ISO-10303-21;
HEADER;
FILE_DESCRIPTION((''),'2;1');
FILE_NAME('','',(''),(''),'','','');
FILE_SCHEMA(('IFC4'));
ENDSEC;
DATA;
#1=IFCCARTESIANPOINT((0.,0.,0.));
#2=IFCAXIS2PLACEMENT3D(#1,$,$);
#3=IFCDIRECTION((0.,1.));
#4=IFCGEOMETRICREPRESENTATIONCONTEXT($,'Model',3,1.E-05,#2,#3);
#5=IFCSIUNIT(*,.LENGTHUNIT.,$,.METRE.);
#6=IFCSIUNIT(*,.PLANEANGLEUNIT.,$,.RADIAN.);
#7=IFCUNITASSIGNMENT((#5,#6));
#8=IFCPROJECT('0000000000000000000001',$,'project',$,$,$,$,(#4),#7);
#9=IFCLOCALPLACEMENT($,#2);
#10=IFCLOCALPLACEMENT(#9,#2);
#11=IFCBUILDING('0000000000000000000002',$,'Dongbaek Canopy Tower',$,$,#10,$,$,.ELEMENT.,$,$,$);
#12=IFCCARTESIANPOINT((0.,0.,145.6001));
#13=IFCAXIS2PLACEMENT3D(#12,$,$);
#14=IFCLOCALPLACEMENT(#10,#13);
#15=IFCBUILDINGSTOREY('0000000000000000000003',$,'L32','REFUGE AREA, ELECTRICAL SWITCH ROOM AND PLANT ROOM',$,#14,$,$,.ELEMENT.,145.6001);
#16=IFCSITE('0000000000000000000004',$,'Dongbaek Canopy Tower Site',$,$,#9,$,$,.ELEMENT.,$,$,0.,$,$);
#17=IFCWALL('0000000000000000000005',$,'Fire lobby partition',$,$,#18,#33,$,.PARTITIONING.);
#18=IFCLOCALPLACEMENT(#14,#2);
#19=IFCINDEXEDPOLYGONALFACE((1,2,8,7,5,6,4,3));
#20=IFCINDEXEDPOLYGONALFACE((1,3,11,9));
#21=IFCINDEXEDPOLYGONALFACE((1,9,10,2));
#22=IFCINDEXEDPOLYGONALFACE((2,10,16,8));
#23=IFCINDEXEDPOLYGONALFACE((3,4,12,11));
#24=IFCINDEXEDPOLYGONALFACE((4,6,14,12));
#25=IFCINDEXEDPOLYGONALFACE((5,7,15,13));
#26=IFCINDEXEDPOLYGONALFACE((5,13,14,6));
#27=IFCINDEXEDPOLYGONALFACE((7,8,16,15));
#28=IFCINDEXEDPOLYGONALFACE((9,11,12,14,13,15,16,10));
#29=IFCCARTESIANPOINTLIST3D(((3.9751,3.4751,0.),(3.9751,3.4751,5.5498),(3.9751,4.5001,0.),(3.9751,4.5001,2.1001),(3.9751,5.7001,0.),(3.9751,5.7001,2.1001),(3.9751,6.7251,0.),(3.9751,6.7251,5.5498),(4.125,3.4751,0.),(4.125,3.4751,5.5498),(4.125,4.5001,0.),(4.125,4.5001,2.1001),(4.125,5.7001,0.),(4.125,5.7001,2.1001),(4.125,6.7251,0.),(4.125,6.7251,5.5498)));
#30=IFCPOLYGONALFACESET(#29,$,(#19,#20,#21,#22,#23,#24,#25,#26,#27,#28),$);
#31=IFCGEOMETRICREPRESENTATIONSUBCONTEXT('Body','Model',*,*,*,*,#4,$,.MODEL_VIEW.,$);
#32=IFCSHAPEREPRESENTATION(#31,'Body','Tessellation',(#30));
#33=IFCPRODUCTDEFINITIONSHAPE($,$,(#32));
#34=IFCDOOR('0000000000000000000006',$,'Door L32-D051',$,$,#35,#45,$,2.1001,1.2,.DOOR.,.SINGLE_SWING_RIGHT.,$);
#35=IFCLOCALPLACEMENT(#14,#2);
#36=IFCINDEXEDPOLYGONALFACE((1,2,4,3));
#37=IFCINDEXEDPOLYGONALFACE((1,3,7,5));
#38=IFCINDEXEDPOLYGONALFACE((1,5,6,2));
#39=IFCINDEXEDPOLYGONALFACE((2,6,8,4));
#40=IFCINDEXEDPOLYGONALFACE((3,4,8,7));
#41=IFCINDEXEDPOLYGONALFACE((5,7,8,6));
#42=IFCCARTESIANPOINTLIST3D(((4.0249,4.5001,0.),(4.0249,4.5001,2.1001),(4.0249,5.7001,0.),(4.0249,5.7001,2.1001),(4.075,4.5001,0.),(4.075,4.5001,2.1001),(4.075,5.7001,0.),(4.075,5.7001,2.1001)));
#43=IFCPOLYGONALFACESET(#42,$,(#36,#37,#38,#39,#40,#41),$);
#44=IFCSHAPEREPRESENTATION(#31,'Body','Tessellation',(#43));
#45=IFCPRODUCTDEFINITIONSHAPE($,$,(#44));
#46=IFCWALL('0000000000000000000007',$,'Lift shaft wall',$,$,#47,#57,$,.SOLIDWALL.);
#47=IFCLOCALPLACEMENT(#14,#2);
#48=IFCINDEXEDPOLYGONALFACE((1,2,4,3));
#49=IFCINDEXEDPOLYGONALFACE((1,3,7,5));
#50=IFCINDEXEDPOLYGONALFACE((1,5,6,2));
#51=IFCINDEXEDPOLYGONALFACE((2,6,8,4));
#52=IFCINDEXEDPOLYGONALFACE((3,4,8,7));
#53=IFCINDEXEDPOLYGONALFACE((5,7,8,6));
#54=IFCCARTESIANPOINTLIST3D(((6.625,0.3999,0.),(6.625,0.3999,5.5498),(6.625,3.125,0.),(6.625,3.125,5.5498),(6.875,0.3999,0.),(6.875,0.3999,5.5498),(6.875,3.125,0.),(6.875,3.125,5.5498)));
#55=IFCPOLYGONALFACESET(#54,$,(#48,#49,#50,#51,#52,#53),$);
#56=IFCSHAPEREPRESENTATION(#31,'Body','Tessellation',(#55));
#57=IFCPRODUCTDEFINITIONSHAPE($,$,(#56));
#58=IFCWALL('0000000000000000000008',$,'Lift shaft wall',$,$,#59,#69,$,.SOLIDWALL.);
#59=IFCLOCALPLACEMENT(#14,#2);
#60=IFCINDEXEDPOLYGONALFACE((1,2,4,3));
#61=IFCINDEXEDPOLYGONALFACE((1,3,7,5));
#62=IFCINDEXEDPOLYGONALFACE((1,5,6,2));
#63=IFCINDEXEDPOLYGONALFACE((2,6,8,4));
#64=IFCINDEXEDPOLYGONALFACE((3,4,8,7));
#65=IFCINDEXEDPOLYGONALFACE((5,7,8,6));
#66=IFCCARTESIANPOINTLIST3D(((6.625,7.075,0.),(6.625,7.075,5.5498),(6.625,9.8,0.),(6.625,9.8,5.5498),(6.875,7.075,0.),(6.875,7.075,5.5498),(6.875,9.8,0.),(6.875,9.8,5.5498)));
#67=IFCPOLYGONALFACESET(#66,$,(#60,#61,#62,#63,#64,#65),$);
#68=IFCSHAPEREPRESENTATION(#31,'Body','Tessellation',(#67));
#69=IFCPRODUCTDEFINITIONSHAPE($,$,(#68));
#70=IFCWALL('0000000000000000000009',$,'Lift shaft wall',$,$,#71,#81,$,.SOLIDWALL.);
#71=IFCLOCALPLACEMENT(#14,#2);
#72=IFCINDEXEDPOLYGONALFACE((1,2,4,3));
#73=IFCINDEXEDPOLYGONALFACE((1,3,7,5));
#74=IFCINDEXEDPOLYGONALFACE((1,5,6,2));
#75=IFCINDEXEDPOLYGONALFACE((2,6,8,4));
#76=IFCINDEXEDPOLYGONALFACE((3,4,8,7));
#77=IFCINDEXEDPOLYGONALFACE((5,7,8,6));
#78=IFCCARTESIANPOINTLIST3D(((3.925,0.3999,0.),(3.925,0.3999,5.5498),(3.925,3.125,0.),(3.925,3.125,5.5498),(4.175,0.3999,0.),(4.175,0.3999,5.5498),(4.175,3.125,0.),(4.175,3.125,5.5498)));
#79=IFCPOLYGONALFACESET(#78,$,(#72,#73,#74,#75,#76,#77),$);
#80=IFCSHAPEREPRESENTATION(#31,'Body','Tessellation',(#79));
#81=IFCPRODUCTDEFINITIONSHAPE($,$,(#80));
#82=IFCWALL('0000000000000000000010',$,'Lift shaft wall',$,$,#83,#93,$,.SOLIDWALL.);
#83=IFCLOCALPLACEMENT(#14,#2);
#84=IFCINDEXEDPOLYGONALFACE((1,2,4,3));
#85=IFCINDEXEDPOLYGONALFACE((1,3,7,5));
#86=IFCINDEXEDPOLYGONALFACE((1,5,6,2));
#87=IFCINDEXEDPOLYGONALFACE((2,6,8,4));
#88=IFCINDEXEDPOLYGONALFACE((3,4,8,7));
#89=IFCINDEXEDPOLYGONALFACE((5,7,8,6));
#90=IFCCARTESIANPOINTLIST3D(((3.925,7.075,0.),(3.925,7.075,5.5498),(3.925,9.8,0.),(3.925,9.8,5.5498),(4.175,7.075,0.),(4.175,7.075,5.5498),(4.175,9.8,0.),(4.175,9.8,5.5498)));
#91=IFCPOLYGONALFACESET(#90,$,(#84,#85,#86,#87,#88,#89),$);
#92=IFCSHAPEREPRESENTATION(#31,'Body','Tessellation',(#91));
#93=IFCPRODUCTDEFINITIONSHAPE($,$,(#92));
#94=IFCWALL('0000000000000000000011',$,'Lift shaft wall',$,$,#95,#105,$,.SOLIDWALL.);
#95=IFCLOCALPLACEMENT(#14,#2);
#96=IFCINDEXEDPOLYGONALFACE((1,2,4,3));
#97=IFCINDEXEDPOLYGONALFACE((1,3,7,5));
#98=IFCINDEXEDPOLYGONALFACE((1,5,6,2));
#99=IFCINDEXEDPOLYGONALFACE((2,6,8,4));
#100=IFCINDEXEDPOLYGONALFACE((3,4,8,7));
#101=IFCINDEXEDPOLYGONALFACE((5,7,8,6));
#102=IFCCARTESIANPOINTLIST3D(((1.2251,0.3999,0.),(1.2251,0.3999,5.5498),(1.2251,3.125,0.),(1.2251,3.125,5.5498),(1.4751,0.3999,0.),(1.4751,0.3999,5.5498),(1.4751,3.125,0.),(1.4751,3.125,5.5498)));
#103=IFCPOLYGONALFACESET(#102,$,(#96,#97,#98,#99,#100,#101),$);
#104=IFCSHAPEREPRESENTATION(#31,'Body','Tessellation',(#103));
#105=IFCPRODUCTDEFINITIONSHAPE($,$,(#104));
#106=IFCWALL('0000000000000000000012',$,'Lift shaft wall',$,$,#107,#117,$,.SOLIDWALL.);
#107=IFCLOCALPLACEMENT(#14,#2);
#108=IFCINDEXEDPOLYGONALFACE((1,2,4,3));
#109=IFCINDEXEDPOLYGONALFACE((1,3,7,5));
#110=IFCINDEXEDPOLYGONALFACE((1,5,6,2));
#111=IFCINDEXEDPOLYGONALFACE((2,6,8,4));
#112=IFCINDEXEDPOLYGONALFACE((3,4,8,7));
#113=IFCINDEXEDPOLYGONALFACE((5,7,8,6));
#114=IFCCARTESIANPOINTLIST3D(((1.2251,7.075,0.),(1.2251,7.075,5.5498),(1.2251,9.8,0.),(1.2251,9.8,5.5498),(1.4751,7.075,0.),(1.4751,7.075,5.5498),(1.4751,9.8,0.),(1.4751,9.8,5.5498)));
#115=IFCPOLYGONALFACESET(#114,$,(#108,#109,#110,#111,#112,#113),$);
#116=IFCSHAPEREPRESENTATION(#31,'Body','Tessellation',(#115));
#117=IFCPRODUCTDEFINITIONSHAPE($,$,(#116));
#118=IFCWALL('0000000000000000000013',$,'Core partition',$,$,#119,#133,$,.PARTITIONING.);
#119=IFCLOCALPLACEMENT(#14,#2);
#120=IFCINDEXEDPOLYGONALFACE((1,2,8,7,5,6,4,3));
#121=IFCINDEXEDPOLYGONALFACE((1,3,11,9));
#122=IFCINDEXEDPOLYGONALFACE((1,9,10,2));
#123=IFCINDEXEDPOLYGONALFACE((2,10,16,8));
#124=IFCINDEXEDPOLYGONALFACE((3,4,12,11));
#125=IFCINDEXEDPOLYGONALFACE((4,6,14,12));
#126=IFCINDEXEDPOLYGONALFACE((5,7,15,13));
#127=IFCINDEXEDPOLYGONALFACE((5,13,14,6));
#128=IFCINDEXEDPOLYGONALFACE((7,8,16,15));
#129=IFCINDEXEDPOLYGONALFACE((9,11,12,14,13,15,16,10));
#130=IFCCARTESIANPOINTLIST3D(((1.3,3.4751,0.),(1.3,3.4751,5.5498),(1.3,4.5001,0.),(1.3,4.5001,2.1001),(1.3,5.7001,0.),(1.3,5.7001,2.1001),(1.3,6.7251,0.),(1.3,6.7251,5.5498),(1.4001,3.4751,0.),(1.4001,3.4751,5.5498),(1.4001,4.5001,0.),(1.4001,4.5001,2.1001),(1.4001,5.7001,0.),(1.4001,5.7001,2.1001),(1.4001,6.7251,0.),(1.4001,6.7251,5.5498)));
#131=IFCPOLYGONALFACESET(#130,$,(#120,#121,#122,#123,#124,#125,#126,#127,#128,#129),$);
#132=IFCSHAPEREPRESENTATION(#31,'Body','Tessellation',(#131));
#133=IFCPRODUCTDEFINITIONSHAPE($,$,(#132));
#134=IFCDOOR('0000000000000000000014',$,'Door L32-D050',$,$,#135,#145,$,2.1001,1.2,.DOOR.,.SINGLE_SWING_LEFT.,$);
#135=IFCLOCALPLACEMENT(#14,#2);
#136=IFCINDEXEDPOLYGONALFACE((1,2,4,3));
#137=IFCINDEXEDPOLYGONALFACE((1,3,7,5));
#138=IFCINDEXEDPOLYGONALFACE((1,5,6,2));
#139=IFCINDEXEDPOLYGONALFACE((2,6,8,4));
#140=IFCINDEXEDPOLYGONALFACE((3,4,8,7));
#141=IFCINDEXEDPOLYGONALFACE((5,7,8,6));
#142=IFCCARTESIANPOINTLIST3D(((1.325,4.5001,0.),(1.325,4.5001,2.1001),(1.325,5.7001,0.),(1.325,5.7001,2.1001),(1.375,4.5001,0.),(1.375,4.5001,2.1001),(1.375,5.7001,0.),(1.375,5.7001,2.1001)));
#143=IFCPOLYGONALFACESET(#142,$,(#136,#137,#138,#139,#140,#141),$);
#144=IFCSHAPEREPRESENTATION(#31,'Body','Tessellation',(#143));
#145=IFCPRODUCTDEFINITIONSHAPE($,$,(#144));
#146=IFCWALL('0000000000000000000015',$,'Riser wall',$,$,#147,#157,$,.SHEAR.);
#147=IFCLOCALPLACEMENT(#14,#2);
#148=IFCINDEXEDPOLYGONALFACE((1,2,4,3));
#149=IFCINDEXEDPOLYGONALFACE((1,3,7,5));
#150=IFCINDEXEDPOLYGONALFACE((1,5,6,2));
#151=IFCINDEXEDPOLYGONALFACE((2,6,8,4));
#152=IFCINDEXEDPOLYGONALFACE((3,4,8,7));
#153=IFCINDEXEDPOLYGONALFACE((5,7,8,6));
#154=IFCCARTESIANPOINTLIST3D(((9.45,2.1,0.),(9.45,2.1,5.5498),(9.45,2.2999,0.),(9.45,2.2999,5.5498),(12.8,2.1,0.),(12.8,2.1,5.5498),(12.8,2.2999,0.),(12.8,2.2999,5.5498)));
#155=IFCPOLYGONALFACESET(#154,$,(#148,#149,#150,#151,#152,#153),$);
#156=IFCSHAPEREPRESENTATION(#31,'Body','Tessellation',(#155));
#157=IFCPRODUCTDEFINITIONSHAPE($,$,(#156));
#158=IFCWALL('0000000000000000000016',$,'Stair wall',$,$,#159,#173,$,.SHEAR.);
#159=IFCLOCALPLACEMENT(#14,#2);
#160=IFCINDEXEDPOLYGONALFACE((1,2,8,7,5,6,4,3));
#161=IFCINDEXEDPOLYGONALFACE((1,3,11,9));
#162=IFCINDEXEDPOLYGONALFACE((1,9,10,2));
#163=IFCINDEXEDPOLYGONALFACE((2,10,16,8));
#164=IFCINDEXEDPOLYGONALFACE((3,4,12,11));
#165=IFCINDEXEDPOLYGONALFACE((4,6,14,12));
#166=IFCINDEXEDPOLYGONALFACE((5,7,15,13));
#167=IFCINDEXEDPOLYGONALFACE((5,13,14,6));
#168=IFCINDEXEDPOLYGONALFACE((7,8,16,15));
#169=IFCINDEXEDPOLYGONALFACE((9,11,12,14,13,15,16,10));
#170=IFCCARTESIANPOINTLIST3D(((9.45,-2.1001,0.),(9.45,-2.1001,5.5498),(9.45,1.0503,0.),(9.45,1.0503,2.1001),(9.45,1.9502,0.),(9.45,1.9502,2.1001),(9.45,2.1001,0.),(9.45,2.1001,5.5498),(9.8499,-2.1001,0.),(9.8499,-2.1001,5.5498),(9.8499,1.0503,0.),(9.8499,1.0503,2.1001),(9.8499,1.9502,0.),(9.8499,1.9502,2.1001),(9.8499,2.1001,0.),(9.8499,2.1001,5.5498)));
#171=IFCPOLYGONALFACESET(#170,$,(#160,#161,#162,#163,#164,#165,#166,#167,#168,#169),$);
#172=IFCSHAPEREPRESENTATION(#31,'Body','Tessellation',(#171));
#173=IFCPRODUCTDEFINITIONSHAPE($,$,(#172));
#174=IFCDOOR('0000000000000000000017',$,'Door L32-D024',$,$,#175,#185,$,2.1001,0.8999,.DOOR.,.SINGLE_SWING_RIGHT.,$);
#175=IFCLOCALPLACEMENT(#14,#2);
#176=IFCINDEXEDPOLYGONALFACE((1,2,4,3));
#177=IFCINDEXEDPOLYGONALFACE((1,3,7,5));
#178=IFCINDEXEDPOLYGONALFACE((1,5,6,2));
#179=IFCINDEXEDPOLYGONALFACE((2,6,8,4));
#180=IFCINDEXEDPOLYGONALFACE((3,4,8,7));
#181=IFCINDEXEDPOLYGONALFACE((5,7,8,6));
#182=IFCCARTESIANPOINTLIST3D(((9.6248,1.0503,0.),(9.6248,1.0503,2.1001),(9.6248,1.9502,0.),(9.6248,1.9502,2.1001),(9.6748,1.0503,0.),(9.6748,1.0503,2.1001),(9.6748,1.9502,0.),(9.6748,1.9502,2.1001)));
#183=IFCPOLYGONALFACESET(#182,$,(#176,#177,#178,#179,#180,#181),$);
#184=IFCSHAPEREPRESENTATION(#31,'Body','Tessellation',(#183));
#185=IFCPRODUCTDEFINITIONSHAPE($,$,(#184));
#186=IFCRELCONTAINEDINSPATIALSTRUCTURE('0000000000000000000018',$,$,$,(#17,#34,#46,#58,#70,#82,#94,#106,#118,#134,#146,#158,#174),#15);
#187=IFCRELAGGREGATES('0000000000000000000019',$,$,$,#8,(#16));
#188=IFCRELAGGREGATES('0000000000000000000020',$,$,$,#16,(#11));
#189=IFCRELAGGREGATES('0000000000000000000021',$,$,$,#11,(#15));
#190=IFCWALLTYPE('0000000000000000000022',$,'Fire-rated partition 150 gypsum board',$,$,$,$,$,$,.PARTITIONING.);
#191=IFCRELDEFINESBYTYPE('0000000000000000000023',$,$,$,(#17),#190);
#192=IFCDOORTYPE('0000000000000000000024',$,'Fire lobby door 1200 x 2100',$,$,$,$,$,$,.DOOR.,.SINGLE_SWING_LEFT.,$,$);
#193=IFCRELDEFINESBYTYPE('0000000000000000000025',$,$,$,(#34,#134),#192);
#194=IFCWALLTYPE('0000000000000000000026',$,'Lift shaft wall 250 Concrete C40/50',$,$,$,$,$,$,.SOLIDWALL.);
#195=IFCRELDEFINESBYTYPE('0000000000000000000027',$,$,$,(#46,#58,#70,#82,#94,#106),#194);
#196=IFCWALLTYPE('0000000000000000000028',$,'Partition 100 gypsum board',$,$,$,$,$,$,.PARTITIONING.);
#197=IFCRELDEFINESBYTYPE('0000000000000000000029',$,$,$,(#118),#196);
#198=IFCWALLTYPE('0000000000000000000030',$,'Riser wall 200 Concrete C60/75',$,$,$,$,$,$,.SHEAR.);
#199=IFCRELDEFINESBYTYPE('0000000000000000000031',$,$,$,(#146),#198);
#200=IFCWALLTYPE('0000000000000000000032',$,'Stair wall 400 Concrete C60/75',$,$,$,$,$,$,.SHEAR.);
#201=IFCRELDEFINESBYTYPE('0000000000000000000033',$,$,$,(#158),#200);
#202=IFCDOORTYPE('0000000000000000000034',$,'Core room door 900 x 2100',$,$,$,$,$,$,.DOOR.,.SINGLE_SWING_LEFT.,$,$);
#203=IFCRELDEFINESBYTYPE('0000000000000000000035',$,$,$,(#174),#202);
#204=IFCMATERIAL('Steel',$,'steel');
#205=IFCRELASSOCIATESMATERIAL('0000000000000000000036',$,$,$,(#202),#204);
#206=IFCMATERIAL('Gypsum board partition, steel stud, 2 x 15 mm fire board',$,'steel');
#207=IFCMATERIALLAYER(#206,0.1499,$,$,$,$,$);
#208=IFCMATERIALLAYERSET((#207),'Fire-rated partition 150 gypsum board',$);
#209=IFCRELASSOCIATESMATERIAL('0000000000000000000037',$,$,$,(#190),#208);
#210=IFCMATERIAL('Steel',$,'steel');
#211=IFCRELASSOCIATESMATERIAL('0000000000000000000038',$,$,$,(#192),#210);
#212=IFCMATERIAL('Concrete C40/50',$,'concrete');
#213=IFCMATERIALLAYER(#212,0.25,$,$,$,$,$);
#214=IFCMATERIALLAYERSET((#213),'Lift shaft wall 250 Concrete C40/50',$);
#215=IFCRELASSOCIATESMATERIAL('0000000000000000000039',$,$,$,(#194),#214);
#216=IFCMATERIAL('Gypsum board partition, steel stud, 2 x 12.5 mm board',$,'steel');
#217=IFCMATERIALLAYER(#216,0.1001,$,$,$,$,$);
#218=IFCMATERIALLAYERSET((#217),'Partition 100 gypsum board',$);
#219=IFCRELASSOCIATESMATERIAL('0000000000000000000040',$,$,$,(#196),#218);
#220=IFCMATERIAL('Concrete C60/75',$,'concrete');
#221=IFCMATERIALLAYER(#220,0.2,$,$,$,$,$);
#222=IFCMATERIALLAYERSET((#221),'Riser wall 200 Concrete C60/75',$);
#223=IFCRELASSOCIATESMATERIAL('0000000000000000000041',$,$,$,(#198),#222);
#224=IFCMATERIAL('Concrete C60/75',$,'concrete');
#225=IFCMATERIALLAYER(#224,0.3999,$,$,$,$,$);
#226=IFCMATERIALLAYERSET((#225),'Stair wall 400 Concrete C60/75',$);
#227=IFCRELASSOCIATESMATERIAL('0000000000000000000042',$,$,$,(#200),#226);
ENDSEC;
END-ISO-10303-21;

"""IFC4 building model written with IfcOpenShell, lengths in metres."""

from ifc_helpers import new_model, si_unit, direction, frame, frame_2d, origin, place, context, subcontext, project, spatial, rectangle, extrude, material, layer, layer_set, type_object, element, fill, save


model = new_model("IFC4")

# Units and contexts
model_context = context("Model", 3, precision=1e-05, world=origin(), true_north=direction((0.0, 1.0)))
body_context = subcontext(model_context, "Body", "Model", "MODEL_VIEW")
ifc_project = project(units=[si_unit("LENGTHUNIT", "METRE"), si_unit("PLANEANGLEUNIT", "RADIAN")], contexts=[model_context])

# Site, building, storey
site_placement = place(None, origin())
site = spatial("IfcSite", under=ifc_project, at=site_placement, Name="Dongbaek Canopy Tower Site", CompositionType="ELEMENT", RefElevation=0.0)
building_placement = place(site_placement, origin())
building = spatial("IfcBuilding", under=site, at=building_placement, Name="Dongbaek Canopy Tower", CompositionType="ELEMENT")
storey_placement = place(building_placement, frame((0.0, 0.0, 145.6001)))
storey = spatial("IfcBuildingStorey", under=building, at=storey_placement, Name="L32", Description="REFUGE AREA, ELECTRICAL SWITCH ROOM AND PLANT ROOM", CompositionType="ELEMENT", Elevation=145.6001)

# Shared definitions
ifc_material_1 = material(Name="Steel", Category="steel")
door_type_1 = type_object("IfcDoorType", Name="Core room door 900 x 2100", OperationType="SINGLE_SWING_LEFT", PredefinedType="DOOR", material=ifc_material_1)

# Wall, opening, door
ifc_material_2 = material(Name="Gypsum board partition, steel stud, 2 x 15 mm fire board", Category="steel")
ifc_layer_1 = layer(ifc_material_2, 0.1499)
ifc_layer_set_1 = layer_set([ifc_layer_1], Name="Fire-rated partition 150 gypsum board")
wall_type_1 = type_object("IfcWallType", Name="Fire-rated partition 150 gypsum board", PredefinedType="PARTITIONING", material=ifc_layer_set_1)
wall_1_placement = place(storey_placement, frame((4.05, 6.7251, 0.0), z_axis=(0.0, 0.0, 1.0), x_axis=(0.0, -1.0, 0.0)))
wall_1 = element("IfcWall", 1, at=wall_1_placement, inside=storey, type_object=wall_type_1, Name="Fire lobby partition", PredefinedType="PARTITIONING", context=body_context, shape_type="SweptSolid", body=[
    extrude(rectangle(XDim=3.25, YDim=0.1499, at=frame_2d((1.625, 0.0))), origin(), (0.0, 0.0, 1.0), 5.5498),
])
opening_1_placement = place(wall_1_placement, frame((1.0249, 0.0, 0.0)))
opening_1 = element("IfcOpeningElement", 2, at=opening_1_placement, cuts=wall_1, PredefinedType="OPENING", context=body_context, shape_type="SweptSolid", body=[
    extrude(rectangle(XDim=1.2, YDim=2.1001, at=frame_2d((0.6001, 1.05))), frame((0.0, 0.085, 0.0), z_axis=(0.0, -1.0, 0.0), x_axis=(1.0, 0.0, 0.0)), (0.0, 0.0, 1.0), 0.1699),
])
ifc_material_3 = material(Name="Steel", Category="steel")
door_type_2 = type_object("IfcDoorType", Name="Fire lobby door 1200 x 2100", OperationType="SINGLE_SWING_LEFT", PredefinedType="DOOR", material=ifc_material_3)
door_1_placement = place(opening_1_placement, origin())
door_1 = element("IfcDoor", 3, at=door_1_placement, inside=storey, type_object=door_type_2, Name="Door L32-D051", OperationType="SINGLE_SWING_RIGHT", OverallHeight=2.1001, OverallWidth=1.2, PredefinedType="DOOR", context=body_context, shape_type="SweptSolid", body=[
    extrude(rectangle(XDim=1.2, YDim=2.1001, at=frame_2d((0.6001, 1.05))), frame((0.0, 0.0249, 0.0), z_axis=(0.0, -1.0, 0.0), x_axis=(1.0, 0.0, 0.0)), (0.0, 0.0, 1.0), 0.05),
])
fill(opening_1, door_1)

# Walls
ifc_material_4 = material(Name="Concrete C40/50", Category="concrete")
ifc_layer_2 = layer(ifc_material_4, 0.25)
ifc_layer_set_2 = layer_set([ifc_layer_2], Name="Lift shaft wall 250 Concrete C40/50")
wall_type_2 = type_object("IfcWallType", Name="Lift shaft wall 250 Concrete C40/50", PredefinedType="SOLIDWALL", material=ifc_layer_set_2)
for number, where, z_axis, x_axis, name in (
    (4, (6.75, 0.3999, 0.0), (0.0, 0.0, 1.0), (0.0, 1.0, 0.0), "Lift shaft wall"),
    (5, (6.75, 7.075, 0.0), (0.0, 0.0, 1.0), (0.0, 1.0, 0.0), "Lift shaft wall"),
    (6, (4.05, 0.3999, 0.0), (0.0, 0.0, 1.0), (0.0, 1.0, 0.0), "Lift shaft wall"),
    (7, (4.05, 7.075, 0.0), (0.0, 0.0, 1.0), (0.0, 1.0, 0.0), "Lift shaft wall"),
    (8, (1.3501, 0.3999, 0.0), (0.0, 0.0, 1.0), (0.0, 1.0, 0.0), "Lift shaft wall"),
    (9, (1.3501, 7.075, 0.0), (0.0, 0.0, 1.0), (0.0, 1.0, 0.0), "Lift shaft wall"),
):
    element("IfcWall", number, at=place(storey_placement, frame(where, z_axis=z_axis, x_axis=x_axis)), inside=storey, type_object=wall_type_2, Name=name, PredefinedType="SOLIDWALL", context=body_context, shape_type="SweptSolid", body=[
        extrude(rectangle(XDim=2.7251, YDim=0.25, at=frame_2d((1.3625, 0.0))), origin(), (0.0, 0.0, 1.0), 5.5498),
    ])

# Wall, opening, door
ifc_material_5 = material(Name="Gypsum board partition, steel stud, 2 x 12.5 mm board", Category="steel")
ifc_layer_3 = layer(ifc_material_5, 0.1001)
ifc_layer_set_3 = layer_set([ifc_layer_3], Name="Partition 100 gypsum board")
wall_type_3 = type_object("IfcWallType", Name="Partition 100 gypsum board", PredefinedType="PARTITIONING", material=ifc_layer_set_3)
wall_2_placement = place(storey_placement, frame((1.3501, 6.7251, 0.0), z_axis=(0.0, 0.0, 1.0), x_axis=(0.0, -1.0, 0.0)))
wall_2 = element("IfcWall", 10, at=wall_2_placement, inside=storey, type_object=wall_type_3, Name="Core partition", PredefinedType="PARTITIONING", context=body_context, shape_type="SweptSolid", body=[
    extrude(rectangle(XDim=3.25, YDim=0.1001, at=frame_2d((1.625, 0.0))), origin(), (0.0, 0.0, 1.0), 5.5498),
])
opening_2_placement = place(wall_2_placement, frame((1.0249, 0.0, 0.0)))
opening_2 = element("IfcOpeningElement", 11, at=opening_2_placement, cuts=wall_2, PredefinedType="OPENING", context=body_context, shape_type="SweptSolid", body=[
    extrude(rectangle(XDim=1.2, YDim=2.1001, at=frame_2d((0.6001, 1.05))), frame((0.0, 0.0601, 0.0), z_axis=(0.0, -1.0, 0.0), x_axis=(1.0, 0.0, 0.0)), (0.0, 0.0, 1.0), 0.1201),
])
door_2_placement = place(opening_2_placement, origin())
door_2 = element("IfcDoor", 12, at=door_2_placement, inside=storey, type_object=door_type_2, Name="Door L32-D050", OperationType="SINGLE_SWING_LEFT", OverallHeight=2.1001, OverallWidth=1.2, PredefinedType="DOOR", context=body_context, shape_type="SweptSolid", body=[
    extrude(rectangle(XDim=1.2, YDim=2.1001, at=frame_2d((0.6001, 1.05))), frame((0.0, 0.0249, 0.0), z_axis=(0.0, -1.0, 0.0), x_axis=(1.0, 0.0, 0.0)), (0.0, 0.0, 1.0), 0.05),
])
fill(opening_2, door_2)

# Wall
ifc_material_6 = material(Name="Concrete C60/75", Category="concrete")
ifc_layer_4 = layer(ifc_material_6, 0.2)
ifc_layer_set_4 = layer_set([ifc_layer_4], Name="Riser wall 200 Concrete C60/75")
wall_type_4 = type_object("IfcWallType", Name="Riser wall 200 Concrete C60/75", PredefinedType="SHEAR", material=ifc_layer_set_4)
wall_3_placement = place(storey_placement, frame((9.45, 2.2, 0.0), z_axis=(0.0, 0.0, 1.0), x_axis=(1.0, 0.0, 0.0)))
element("IfcWall", 13, at=wall_3_placement, inside=storey, type_object=wall_type_4, Name="Riser wall", PredefinedType="SHEAR", context=body_context, shape_type="SweptSolid", body=[
    extrude(rectangle(XDim=3.3501, YDim=0.2, at=frame_2d((1.675, 0.0))), origin(), (0.0, 0.0, 1.0), 5.5498),
])

# Wall, opening, door
ifc_material_7 = material(Name="Concrete C60/75", Category="concrete")
ifc_layer_5 = layer(ifc_material_7, 0.3999)
ifc_layer_set_5 = layer_set([ifc_layer_5], Name="Stair wall 400 Concrete C60/75")
wall_type_5 = type_object("IfcWallType", Name="Stair wall 400 Concrete C60/75", PredefinedType="SHEAR", material=ifc_layer_set_5)
wall_4_placement = place(storey_placement, frame((9.6499, 2.1001, 0.0), z_axis=(0.0, 0.0, 1.0), x_axis=(0.0, -1.0, 0.0)))
wall_4 = element("IfcWall", 14, at=wall_4_placement, inside=storey, type_object=wall_type_5, Name="Stair wall", PredefinedType="SHEAR", context=body_context, shape_type="SweptSolid", body=[
    extrude(rectangle(XDim=4.2002, YDim=0.3999, at=frame_2d((2.1001, 0.0))), origin(), (0.0, 0.0, 1.0), 5.5498),
])
opening_3_placement = place(wall_4_placement, frame((0.1499, 0.0, 0.0)))
opening_3 = element("IfcOpeningElement", 15, at=opening_3_placement, cuts=wall_4, PredefinedType="OPENING", context=body_context, shape_type="SweptSolid", body=[
    extrude(rectangle(XDim=0.8999, YDim=2.1001, at=frame_2d((0.45, 1.05))), frame((0.0, 0.21, 0.0), z_axis=(0.0, -1.0, 0.0), x_axis=(1.0, 0.0, 0.0)), (0.0, 0.0, 1.0), 0.4199),
])
door_3_placement = place(opening_3_placement, origin())
door_3 = element("IfcDoor", 16, at=door_3_placement, inside=storey, type_object=door_type_1, Name="Door L32-D024", OperationType="SINGLE_SWING_RIGHT", OverallHeight=2.1001, OverallWidth=0.8999, PredefinedType="DOOR", context=body_context, shape_type="SweptSolid", body=[
    extrude(rectangle(XDim=0.8999, YDim=2.1001, at=frame_2d((0.45, 1.05))), frame((0.0, 0.0249, 0.0), z_axis=(0.0, -1.0, 0.0), x_axis=(1.0, 0.0, 0.0)), (0.0, 0.0, 1.0), 0.05),
])
fill(opening_3, door_3)

save(model, "model.ifc")
